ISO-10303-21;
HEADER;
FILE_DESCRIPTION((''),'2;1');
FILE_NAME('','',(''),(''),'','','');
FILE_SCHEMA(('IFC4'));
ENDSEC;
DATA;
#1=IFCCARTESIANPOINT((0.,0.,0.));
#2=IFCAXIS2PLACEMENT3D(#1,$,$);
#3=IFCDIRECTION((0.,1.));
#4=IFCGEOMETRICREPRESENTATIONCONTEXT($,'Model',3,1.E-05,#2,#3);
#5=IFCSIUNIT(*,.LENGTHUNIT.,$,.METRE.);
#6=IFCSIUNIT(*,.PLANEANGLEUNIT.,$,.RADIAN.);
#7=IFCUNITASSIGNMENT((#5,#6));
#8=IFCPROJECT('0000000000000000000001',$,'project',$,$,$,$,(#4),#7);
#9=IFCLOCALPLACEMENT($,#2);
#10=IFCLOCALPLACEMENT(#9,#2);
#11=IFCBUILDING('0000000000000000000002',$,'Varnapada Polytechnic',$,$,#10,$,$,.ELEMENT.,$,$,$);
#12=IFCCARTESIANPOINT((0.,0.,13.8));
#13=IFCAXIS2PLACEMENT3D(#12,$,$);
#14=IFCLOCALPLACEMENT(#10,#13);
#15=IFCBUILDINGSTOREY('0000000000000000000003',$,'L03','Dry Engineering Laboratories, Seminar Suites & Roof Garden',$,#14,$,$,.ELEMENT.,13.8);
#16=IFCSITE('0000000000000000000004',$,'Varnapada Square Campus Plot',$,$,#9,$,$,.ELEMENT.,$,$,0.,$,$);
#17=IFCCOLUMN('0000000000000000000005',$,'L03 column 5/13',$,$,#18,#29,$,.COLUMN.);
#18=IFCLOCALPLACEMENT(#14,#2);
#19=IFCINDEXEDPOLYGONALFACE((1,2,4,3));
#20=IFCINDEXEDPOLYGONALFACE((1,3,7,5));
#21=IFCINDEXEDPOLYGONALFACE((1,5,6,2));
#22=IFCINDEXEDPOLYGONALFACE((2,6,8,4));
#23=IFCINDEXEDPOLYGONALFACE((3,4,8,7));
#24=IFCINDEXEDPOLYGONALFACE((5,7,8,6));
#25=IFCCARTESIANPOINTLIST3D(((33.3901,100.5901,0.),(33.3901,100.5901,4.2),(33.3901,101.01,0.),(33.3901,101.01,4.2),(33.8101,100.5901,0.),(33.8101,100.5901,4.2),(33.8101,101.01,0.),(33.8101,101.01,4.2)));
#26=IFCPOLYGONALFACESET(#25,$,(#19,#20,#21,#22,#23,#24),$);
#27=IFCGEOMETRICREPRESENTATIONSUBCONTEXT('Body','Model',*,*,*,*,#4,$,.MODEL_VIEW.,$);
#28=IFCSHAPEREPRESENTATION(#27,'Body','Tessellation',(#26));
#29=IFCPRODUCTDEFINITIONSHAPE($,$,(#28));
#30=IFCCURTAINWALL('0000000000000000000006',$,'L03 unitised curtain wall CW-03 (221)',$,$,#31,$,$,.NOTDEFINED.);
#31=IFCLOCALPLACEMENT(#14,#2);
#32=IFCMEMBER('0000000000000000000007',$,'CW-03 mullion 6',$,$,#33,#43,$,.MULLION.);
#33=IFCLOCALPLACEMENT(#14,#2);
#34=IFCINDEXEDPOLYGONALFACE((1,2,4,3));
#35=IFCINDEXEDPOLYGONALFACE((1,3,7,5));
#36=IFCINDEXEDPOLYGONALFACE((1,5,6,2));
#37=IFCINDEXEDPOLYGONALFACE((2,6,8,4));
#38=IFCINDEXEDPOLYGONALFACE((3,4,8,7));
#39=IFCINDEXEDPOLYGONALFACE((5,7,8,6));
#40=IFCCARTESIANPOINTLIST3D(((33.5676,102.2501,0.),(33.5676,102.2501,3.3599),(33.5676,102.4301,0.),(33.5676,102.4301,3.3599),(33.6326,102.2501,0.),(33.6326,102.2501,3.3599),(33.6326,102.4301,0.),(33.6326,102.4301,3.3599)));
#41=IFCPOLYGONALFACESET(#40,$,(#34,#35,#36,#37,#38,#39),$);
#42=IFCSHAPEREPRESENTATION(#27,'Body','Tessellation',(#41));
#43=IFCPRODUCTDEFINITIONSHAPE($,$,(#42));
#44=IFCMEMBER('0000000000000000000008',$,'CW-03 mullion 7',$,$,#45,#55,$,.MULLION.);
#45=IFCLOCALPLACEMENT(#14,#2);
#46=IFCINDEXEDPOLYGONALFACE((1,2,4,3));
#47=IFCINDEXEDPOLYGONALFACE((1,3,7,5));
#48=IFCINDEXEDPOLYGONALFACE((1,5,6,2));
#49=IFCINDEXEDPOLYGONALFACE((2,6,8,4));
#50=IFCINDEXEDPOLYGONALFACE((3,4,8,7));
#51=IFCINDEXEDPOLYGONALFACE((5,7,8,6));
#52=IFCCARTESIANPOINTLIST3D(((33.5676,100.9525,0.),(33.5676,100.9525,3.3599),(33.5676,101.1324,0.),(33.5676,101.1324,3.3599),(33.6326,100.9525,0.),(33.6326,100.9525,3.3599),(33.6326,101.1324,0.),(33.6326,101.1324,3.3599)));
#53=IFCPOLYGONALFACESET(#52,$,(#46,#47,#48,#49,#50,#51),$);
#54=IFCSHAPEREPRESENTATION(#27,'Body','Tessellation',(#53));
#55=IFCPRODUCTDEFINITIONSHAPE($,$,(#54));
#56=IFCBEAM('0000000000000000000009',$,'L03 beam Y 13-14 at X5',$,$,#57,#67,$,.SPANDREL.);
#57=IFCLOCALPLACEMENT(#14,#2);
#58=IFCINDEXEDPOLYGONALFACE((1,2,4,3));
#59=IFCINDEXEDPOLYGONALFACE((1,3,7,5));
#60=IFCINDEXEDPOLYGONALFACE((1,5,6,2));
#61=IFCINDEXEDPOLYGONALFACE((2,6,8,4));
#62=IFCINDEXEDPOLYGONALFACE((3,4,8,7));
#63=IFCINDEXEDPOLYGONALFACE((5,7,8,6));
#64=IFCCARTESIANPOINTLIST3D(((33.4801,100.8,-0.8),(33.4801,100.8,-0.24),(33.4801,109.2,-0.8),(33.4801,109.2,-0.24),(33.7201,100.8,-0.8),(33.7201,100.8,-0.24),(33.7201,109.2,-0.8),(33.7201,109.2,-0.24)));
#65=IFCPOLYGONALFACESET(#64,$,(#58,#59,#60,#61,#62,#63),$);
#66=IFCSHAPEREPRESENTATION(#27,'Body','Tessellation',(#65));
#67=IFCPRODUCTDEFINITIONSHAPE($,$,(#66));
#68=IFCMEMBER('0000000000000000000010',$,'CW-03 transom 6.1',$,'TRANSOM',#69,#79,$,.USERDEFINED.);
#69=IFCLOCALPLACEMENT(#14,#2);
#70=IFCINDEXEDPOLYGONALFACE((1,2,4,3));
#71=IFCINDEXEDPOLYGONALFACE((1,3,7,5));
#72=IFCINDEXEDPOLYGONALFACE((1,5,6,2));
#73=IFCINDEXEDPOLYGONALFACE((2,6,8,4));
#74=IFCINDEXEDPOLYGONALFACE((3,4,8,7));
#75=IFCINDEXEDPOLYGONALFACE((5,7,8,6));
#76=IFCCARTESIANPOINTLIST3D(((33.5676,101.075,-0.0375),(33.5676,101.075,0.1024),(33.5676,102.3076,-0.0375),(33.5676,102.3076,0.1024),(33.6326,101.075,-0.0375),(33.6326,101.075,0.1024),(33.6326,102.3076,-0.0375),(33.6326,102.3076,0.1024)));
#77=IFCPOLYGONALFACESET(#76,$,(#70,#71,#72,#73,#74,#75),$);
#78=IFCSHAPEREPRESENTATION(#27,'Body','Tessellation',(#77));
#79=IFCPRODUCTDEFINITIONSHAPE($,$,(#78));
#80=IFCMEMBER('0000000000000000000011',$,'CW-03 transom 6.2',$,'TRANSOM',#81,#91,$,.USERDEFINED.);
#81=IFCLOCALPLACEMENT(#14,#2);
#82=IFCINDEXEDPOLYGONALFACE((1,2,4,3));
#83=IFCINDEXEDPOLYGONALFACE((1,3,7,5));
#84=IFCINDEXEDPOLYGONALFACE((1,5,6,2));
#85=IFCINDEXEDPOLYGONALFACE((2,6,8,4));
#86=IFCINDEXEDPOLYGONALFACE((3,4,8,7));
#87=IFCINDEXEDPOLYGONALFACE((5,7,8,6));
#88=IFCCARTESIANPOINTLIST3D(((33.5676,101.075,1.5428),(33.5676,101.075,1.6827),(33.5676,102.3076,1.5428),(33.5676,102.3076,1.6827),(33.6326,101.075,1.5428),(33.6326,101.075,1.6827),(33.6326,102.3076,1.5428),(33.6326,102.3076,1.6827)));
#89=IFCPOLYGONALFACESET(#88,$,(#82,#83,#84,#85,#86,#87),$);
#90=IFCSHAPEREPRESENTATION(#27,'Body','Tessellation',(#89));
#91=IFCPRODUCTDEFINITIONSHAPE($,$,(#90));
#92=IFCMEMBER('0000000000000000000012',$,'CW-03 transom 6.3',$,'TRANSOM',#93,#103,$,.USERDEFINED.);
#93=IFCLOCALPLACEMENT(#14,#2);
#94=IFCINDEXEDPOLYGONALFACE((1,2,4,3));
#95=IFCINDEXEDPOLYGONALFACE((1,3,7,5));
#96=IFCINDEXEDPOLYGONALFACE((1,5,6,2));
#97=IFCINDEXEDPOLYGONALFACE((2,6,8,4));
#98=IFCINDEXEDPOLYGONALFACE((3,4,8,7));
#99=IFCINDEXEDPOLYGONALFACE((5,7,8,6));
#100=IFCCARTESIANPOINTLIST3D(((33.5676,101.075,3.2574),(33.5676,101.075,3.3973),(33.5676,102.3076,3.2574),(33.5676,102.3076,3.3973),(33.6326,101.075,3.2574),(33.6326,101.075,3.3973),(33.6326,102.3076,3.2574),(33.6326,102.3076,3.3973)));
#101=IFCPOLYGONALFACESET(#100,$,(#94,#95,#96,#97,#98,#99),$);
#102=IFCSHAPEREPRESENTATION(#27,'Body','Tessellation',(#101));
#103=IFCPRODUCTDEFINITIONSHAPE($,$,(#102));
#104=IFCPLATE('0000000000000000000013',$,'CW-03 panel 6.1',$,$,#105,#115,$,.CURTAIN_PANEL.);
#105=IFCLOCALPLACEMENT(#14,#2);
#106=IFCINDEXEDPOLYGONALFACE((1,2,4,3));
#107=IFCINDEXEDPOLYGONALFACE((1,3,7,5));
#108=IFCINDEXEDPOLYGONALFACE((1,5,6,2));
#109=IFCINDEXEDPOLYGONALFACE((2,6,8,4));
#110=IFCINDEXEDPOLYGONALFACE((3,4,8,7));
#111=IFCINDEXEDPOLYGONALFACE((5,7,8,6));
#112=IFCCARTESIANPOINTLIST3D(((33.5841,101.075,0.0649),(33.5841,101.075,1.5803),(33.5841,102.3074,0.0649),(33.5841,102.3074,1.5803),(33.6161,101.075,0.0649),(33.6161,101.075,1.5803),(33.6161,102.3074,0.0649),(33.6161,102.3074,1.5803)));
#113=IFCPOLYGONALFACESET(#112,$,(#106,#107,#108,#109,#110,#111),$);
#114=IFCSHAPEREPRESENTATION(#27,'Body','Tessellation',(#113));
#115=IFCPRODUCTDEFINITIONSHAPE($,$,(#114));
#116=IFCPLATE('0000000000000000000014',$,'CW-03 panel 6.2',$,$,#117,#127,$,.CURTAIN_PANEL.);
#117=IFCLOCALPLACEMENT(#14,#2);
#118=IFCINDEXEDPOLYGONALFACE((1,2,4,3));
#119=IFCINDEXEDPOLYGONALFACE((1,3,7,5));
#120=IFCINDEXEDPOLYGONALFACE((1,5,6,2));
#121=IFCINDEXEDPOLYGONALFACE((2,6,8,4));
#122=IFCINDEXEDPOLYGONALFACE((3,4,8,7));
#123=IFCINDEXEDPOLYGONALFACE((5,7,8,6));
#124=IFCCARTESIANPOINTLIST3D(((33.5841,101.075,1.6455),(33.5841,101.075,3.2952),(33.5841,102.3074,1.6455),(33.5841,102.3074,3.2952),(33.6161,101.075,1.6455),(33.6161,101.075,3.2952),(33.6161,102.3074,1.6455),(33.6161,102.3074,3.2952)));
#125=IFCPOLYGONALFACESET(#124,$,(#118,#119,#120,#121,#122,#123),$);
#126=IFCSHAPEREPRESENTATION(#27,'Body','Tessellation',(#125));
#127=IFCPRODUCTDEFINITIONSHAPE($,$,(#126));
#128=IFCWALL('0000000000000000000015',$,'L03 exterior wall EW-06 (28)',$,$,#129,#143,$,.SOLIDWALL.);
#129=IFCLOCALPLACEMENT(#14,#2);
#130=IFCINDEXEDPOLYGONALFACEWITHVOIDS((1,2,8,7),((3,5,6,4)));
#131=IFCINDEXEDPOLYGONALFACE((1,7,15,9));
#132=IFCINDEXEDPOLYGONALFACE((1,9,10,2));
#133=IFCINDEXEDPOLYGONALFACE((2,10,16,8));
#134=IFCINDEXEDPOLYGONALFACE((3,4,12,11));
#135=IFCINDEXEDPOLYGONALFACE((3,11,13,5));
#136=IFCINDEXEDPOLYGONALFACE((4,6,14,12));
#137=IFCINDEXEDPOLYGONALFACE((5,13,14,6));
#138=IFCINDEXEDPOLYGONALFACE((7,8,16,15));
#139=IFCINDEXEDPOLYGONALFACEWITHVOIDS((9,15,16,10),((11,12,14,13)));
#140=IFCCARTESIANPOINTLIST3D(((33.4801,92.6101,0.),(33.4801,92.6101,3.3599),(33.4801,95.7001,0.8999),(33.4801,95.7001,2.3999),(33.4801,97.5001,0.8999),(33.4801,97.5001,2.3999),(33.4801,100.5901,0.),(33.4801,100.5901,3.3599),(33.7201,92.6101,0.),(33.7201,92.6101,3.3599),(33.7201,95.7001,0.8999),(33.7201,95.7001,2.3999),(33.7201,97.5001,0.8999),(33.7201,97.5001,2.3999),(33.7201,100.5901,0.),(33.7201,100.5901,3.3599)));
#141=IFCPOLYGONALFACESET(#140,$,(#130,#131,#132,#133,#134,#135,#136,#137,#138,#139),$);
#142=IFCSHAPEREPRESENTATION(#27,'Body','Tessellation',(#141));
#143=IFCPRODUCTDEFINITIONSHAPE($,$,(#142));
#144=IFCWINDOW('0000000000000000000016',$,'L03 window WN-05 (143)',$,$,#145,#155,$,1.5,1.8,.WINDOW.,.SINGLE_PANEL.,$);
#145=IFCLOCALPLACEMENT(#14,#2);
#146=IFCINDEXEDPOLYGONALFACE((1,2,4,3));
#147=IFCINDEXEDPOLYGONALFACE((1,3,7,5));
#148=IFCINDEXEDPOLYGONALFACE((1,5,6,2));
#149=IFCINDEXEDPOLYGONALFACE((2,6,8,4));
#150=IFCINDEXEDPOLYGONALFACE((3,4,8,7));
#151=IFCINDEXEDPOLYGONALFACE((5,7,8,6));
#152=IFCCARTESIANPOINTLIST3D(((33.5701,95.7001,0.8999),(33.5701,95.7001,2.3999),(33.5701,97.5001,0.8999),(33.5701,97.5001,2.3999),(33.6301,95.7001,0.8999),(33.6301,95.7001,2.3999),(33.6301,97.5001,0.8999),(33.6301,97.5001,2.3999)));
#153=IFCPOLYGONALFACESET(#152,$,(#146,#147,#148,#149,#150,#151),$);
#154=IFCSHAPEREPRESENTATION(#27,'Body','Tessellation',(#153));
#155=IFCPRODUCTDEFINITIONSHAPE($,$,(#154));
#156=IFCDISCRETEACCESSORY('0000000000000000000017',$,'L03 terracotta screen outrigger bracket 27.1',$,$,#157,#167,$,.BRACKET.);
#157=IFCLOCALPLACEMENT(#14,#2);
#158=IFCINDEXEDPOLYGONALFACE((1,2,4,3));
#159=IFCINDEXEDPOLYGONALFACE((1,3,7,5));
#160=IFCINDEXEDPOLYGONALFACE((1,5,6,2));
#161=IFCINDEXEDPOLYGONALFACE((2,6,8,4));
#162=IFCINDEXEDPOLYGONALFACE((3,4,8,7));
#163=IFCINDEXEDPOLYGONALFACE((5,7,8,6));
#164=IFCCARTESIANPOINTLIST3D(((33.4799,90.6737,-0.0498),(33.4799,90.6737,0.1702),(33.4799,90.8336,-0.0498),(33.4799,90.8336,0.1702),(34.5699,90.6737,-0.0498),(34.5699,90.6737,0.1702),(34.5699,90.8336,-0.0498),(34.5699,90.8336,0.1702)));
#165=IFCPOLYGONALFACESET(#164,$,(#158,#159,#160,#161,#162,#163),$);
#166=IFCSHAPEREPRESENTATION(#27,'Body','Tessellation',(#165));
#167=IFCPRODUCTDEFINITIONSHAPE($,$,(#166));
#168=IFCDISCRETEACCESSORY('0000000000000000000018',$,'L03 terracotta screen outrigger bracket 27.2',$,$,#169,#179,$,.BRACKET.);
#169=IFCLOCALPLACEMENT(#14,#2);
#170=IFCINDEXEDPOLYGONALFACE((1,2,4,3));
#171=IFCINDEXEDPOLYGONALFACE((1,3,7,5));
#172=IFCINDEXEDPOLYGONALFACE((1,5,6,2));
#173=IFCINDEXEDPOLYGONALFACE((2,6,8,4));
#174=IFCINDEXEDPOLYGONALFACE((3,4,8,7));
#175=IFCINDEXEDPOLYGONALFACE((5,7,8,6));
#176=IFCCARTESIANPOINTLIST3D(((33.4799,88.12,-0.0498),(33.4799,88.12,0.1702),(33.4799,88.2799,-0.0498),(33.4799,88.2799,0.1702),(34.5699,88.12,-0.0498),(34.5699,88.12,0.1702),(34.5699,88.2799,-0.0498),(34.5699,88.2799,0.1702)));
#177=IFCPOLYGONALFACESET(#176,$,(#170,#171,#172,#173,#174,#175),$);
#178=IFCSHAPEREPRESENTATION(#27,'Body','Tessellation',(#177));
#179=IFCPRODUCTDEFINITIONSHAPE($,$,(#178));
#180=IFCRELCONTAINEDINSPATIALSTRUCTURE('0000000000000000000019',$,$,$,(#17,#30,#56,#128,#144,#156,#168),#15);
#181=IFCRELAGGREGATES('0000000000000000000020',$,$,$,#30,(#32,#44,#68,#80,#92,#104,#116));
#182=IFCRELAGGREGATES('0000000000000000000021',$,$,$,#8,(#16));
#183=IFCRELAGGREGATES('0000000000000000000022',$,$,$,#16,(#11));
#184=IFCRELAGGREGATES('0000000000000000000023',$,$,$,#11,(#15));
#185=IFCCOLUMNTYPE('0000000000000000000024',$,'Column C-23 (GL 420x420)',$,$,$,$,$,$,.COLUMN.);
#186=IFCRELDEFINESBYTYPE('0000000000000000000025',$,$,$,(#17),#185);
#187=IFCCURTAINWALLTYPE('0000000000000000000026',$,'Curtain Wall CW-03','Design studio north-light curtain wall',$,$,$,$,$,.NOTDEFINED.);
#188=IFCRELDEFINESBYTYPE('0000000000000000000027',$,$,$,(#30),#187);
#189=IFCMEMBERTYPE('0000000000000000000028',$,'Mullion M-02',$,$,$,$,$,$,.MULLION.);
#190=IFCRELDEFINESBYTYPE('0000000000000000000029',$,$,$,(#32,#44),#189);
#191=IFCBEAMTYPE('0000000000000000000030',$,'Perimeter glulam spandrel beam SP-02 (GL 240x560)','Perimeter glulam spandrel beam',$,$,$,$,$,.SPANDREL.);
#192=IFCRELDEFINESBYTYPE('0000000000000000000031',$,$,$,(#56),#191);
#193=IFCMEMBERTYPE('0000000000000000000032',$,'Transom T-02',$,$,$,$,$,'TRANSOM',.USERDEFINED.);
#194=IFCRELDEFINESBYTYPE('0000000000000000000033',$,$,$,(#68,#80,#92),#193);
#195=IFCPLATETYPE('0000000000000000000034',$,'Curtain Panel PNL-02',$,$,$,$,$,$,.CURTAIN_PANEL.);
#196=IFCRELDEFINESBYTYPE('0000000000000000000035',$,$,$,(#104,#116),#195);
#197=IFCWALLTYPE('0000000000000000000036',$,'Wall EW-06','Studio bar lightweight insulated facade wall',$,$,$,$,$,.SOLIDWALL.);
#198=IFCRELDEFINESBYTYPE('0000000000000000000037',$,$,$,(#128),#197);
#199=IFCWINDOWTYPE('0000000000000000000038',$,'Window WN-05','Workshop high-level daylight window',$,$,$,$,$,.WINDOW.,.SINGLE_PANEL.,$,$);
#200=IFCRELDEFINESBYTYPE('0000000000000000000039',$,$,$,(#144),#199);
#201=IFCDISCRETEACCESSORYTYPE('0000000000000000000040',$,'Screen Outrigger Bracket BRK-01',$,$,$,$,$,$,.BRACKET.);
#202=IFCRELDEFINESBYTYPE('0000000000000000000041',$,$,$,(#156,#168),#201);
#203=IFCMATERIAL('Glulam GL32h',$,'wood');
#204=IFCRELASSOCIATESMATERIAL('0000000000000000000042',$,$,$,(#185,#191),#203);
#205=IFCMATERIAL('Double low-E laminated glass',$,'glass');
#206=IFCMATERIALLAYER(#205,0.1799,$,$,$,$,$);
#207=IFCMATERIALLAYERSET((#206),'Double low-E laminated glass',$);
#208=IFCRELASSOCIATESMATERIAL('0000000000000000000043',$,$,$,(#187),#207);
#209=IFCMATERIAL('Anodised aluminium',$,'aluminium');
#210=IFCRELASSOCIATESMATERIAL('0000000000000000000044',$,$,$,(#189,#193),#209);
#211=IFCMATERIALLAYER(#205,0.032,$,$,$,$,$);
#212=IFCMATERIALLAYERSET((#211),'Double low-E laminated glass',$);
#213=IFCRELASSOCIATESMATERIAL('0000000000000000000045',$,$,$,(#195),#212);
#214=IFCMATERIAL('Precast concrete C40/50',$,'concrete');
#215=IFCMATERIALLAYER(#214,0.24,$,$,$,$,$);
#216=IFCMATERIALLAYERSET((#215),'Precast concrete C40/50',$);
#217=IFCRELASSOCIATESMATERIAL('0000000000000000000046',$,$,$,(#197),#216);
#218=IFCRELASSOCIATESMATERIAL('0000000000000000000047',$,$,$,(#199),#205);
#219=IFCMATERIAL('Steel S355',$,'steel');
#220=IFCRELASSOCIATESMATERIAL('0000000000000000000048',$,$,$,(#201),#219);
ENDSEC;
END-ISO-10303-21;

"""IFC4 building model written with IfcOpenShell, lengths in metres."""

from ifc_helpers import new_model, si_unit, direction, frame, frame_2d, origin, origin_2d, place, context, subcontext, project, spatial, rectangle, extrude, material, layer, layer_set, material_profile, profile_set, type_object, element, fill, aggregate, save


model = new_model("IFC4")

# Units and contexts
model_context = context("Model", 3, precision=1e-05, world=origin(), true_north=direction((0.0, 1.0)))
body_context = subcontext(model_context, "Body", "Model", "MODEL_VIEW")
ifc_project = project(units=[si_unit("LENGTHUNIT", "METRE"), si_unit("PLANEANGLEUNIT", "RADIAN")], contexts=[model_context])

# Site, building, storey
site_placement = place(None, origin())
site = spatial("IfcSite", under=ifc_project, at=site_placement, Name="Varnapada Square Campus Plot", CompositionType="ELEMENT", RefElevation=0.0)
building_placement = place(site_placement, origin())
building = spatial("IfcBuilding", under=site, at=building_placement, Name="Varnapada Polytechnic", CompositionType="ELEMENT")
storey_placement = place(building_placement, frame((0.0, 0.0, 13.8)))
storey = spatial("IfcBuildingStorey", under=building, at=storey_placement, Name="L03", Description="Dry Engineering Laboratories, Seminar Suites & Roof Garden", CompositionType="ELEMENT", Elevation=13.8)

# Column
ifc_material_1 = material(Name="Glulam GL32h", Category="wood")
ifc_material_profile_1 = material_profile(ifc_material_1, rectangle(XDim=0.4199, YDim=0.4199, at=origin_2d()), Name="GL 420x420")
ifc_profile_set_1 = profile_set([ifc_material_profile_1], Name="Glulam GL32h")
column_type = type_object("IfcColumnType", Name="Column C-23 (GL 420x420)", PredefinedType="COLUMN", material=ifc_profile_set_1)
column_placement = place(storey_placement, frame((33.6001, 100.8, 0.0), z_axis=(0.0, 0.0, 1.0), x_axis=(1.0, 0.0, 0.0)))
element("IfcColumn", 1, at=column_placement, inside=storey, type_object=column_type, Name="L03 column 5/13", PredefinedType="COLUMN", context=body_context, shape_type="SweptSolid", body=[
    extrude(rectangle(XDim=0.4199, YDim=0.4199, at=origin_2d()), origin(), (0.0, 0.0, 1.0), 4.2),
])

# Curtain wall, members
ifc_material_2 = material(Name="Double low-E laminated glass", Category="glass")
ifc_layer_1 = layer(ifc_material_2, 0.1799)
ifc_layer_set_1 = layer_set([ifc_layer_1], Name="Double low-E laminated glass")
curtain_wall_type = type_object("IfcCurtainWallType", Name="Curtain Wall CW-03", Description="Design studio north-light curtain wall", PredefinedType="NOTDEFINED", material=ifc_layer_set_1)
curtain_wall_placement = place(storey_placement, origin())
curtain_wall = element("IfcCurtainWall", 2, at=curtain_wall_placement, inside=storey, type_object=curtain_wall_type, Name="L03 unitised curtain wall CW-03 (221)", PredefinedType="NOTDEFINED")
ifc_material_3 = material(Name="Anodised aluminium", Category="aluminium")
ifc_material_profile_2 = material_profile(ifc_material_3, rectangle(XDim=0.0649, YDim=0.1799, at=origin_2d()), Name="ALU M65x180")
ifc_profile_set_2 = profile_set([ifc_material_profile_2], Name="Anodised aluminium")
member_type_1 = type_object("IfcMemberType", Name="Mullion M-02", PredefinedType="MULLION", material=ifc_profile_set_2)
member_1_placement = place(storey_placement, frame((33.6001, 102.3401, 0.0), z_axis=(0.0, 0.0, 1.0), x_axis=(1.0, 0.0, 0.0)))
member_1 = element("IfcMember", 3, at=member_1_placement, type_object=member_type_1, Name="CW-03 mullion 6", PredefinedType="MULLION", context=body_context, shape_type="SweptSolid", body=[
    extrude(rectangle(XDim=0.0649, YDim=0.1799, at=origin_2d()), origin(), (0.0, 0.0, 1.0), 3.3599),
])
member_2_placement = place(storey_placement, frame((33.6001, 101.0425, 0.0), z_axis=(0.0, 0.0, 1.0), x_axis=(1.0, 0.0, 0.0)))
member_2 = element("IfcMember", 4, at=member_2_placement, type_object=member_type_1, Name="CW-03 mullion 7", PredefinedType="MULLION", context=body_context, shape_type="SweptSolid", body=[
    extrude(rectangle(XDim=0.0649, YDim=0.1799, at=origin_2d()), origin(), (0.0, 0.0, 1.0), 3.3599),
])

# Beam
ifc_material_profile_3 = material_profile(ifc_material_1, rectangle(XDim=0.24, YDim=0.5601, at=origin_2d()), Name="GL 240x560")
ifc_profile_set_3 = profile_set([ifc_material_profile_3], Name="Glulam GL32h")
beam_type = type_object("IfcBeamType", Name="Perimeter glulam spandrel beam SP-02 (GL 240x560)", Description="Perimeter glulam spandrel beam", PredefinedType="SPANDREL", material=ifc_profile_set_3)
beam_placement = place(storey_placement, frame((33.6001, 100.8, -0.52), z_axis=(0.0, 1.0, 0.0), x_axis=(-1.0, 0.0, 0.0)))
element("IfcBeam", 5, at=beam_placement, inside=storey, type_object=beam_type, Name="L03 beam Y 13-14 at X5", PredefinedType="SPANDREL", context=body_context, shape_type="SweptSolid", body=[
    extrude(rectangle(XDim=0.24, YDim=0.5601, at=origin_2d()), origin(), (0.0, 0.0, 1.0), 8.3999),
])

# Members
ifc_material_profile_4 = material_profile(ifc_material_3, rectangle(XDim=0.0649, YDim=0.1399, at=origin_2d()), Name="ALU T65x140")
ifc_profile_set_4 = profile_set([ifc_material_profile_4], Name="Anodised aluminium")
member_type_2 = type_object("IfcMemberType", Name="Transom T-02", ElementType="TRANSOM", PredefinedType="USERDEFINED", material=ifc_profile_set_4)
member_3_placement = place(storey_placement, frame((33.6001, 102.3076, 0.0325), z_axis=(0.0, -1.0, 0.0), x_axis=(1.0, 0.0, 0.0)))
member_3 = element("IfcMember", 6, at=member_3_placement, type_object=member_type_2, Name="CW-03 transom 6.1", ObjectType="TRANSOM", PredefinedType="USERDEFINED", context=body_context, shape_type="SweptSolid", body=[
    extrude(rectangle(XDim=0.0649, YDim=0.1399, at=origin_2d()), origin(), (0.0, 0.0, 1.0), 1.2327),
])
member_4_placement = place(storey_placement, frame((33.6001, 102.3076, 1.6128), z_axis=(0.0, -1.0, 0.0), x_axis=(1.0, 0.0, 0.0)))
member_4 = element("IfcMember", 7, at=member_4_placement, type_object=member_type_2, Name="CW-03 transom 6.2", ObjectType="TRANSOM", PredefinedType="USERDEFINED", context=body_context, shape_type="SweptSolid", body=[
    extrude(rectangle(XDim=0.0649, YDim=0.1399, at=origin_2d()), origin(), (0.0, 0.0, 1.0), 1.2327),
])
member_5_placement = place(storey_placement, frame((33.6001, 102.3076, 3.3274), z_axis=(0.0, -1.0, 0.0), x_axis=(1.0, 0.0, 0.0)))
member_5 = element("IfcMember", 8, at=member_5_placement, type_object=member_type_2, Name="CW-03 transom 6.3", ObjectType="TRANSOM", PredefinedType="USERDEFINED", context=body_context, shape_type="SweptSolid", body=[
    extrude(rectangle(XDim=0.0649, YDim=0.1399, at=origin_2d()), origin(), (0.0, 0.0, 1.0), 1.2327),
])

# Plates
ifc_layer_2 = layer(ifc_material_2, 0.032)
ifc_layer_set_2 = layer_set([ifc_layer_2], Name="Double low-E laminated glass")
plate_type = type_object("IfcPlateType", Name="Curtain Panel PNL-02", PredefinedType="CURTAIN_PANEL", material=ifc_layer_set_2)
plate_1_placement = place(storey_placement, frame((33.6001, 101.6912, 0.0649), z_axis=(0.0, 0.0, 1.0), x_axis=(0.0, -1.0, 0.0)))
plate_1 = element("IfcPlate", 9, at=plate_1_placement, type_object=plate_type, Name="CW-03 panel 6.1", PredefinedType="CURTAIN_PANEL", context=body_context, shape_type="SweptSolid", body=[
    extrude(rectangle(XDim=1.2324, YDim=0.032, at=origin_2d()), origin(), (0.0, 0.0, 1.0), 1.5154),
])
plate_2_placement = place(storey_placement, frame((33.6001, 101.6912, 1.6455), z_axis=(0.0, 0.0, 1.0), x_axis=(0.0, -1.0, 0.0)))
plate_2 = element("IfcPlate", 10, at=plate_2_placement, type_object=plate_type, Name="CW-03 panel 6.2", PredefinedType="CURTAIN_PANEL", context=body_context, shape_type="SweptSolid", body=[
    extrude(rectangle(XDim=1.2324, YDim=0.032, at=origin_2d()), origin(), (0.0, 0.0, 1.0), 1.6497),
])
aggregate(curtain_wall, [member_1, member_2, member_3, member_4, member_5, plate_1, plate_2])

# Wall, opening, window
ifc_material_4 = material(Name="Precast concrete C40/50", Category="concrete")
ifc_layer_3 = layer(ifc_material_4, 0.24)
ifc_layer_set_3 = layer_set([ifc_layer_3], Name="Precast concrete C40/50")
wall_type = type_object("IfcWallType", Name="Wall EW-06", Description="Studio bar lightweight insulated facade wall", PredefinedType="SOLIDWALL", material=ifc_layer_set_3)
wall_placement = place(storey_placement, frame((33.6001, 100.5901, 0.0), z_axis=(0.0, 0.0, 1.0), x_axis=(0.0, -1.0, 0.0)))
wall = element("IfcWall", 11, at=wall_placement, inside=storey, type_object=wall_type, Name="L03 exterior wall EW-06 (28)", PredefinedType="SOLIDWALL", context=body_context, shape_type="SweptSolid", body=[
    extrude(rectangle(XDim=7.98, YDim=0.24, at=frame_2d((3.99, 0.0))), origin(), (0.0, 0.0, 1.0), 3.3599),
])
opening_placement = place(wall_placement, frame((3.0901, 0.0, 0.8999)))
opening = element("IfcOpeningElement", 12, at=opening_placement, cuts=wall, PredefinedType="OPENING", context=body_context, shape_type="SweptSolid", body=[
    extrude(rectangle(XDim=1.8, YDim=1.5, at=frame_2d((0.8999, 0.75))), frame((0.0, 0.1299, 0.0), z_axis=(0.0, -1.0, 0.0), x_axis=(1.0, 0.0, 0.0)), (0.0, 0.0, 1.0), 0.26),
])
window_type = type_object("IfcWindowType", Name="Window WN-05", Description="Workshop high-level daylight window", PartitioningType="SINGLE_PANEL", PredefinedType="WINDOW", material=ifc_material_2)
window_placement = place(opening_placement, origin())
window = element("IfcWindow", 13, at=window_placement, inside=storey, type_object=window_type, Name="L03 window WN-05 (143)", OverallHeight=1.5, OverallWidth=1.8, PartitioningType="SINGLE_PANEL", PredefinedType="WINDOW", context=body_context, shape_type="SweptSolid", body=[
    extrude(rectangle(XDim=1.8, YDim=1.5, at=frame_2d((0.8999, 0.75))), frame((0.0, 0.03, 0.0), z_axis=(0.0, -1.0, 0.0), x_axis=(1.0, 0.0, 0.0)), (0.0, 0.0, 1.0), 0.0601),
])
fill(opening, window)

# Discrete accessories
ifc_material_5 = material(Name="Steel S355", Category="steel")
discrete_accessory_type = type_object("IfcDiscreteAccessoryType", Name="Screen Outrigger Bracket BRK-01", PredefinedType="BRACKET", material=ifc_material_5)
for number, where, z_axis, x_axis, name in (
    (14, (34.0249, 90.7537, -0.0498), (0.0, 0.0, 1.0), (0.0, -1.0, 0.0), "L03 terracotta screen outrigger bracket 27.1"),
    (15, (34.0249, 88.2, -0.0498), (0.0, 0.0, 1.0), (0.0, -1.0, 0.0), "L03 terracotta screen outrigger bracket 27.2"),
):
    element("IfcDiscreteAccessory", number, at=place(storey_placement, frame(where, z_axis=z_axis, x_axis=x_axis)), inside=storey, type_object=discrete_accessory_type, Name=name, PredefinedType="BRACKET", context=body_context, shape_type="SweptSolid", body=[
        extrude(rectangle(XDim=0.1599, YDim=1.0901, at=origin_2d()), origin(), (0.0, 0.0, 1.0), 0.22),
    ])

save(model, "model.ifc")
